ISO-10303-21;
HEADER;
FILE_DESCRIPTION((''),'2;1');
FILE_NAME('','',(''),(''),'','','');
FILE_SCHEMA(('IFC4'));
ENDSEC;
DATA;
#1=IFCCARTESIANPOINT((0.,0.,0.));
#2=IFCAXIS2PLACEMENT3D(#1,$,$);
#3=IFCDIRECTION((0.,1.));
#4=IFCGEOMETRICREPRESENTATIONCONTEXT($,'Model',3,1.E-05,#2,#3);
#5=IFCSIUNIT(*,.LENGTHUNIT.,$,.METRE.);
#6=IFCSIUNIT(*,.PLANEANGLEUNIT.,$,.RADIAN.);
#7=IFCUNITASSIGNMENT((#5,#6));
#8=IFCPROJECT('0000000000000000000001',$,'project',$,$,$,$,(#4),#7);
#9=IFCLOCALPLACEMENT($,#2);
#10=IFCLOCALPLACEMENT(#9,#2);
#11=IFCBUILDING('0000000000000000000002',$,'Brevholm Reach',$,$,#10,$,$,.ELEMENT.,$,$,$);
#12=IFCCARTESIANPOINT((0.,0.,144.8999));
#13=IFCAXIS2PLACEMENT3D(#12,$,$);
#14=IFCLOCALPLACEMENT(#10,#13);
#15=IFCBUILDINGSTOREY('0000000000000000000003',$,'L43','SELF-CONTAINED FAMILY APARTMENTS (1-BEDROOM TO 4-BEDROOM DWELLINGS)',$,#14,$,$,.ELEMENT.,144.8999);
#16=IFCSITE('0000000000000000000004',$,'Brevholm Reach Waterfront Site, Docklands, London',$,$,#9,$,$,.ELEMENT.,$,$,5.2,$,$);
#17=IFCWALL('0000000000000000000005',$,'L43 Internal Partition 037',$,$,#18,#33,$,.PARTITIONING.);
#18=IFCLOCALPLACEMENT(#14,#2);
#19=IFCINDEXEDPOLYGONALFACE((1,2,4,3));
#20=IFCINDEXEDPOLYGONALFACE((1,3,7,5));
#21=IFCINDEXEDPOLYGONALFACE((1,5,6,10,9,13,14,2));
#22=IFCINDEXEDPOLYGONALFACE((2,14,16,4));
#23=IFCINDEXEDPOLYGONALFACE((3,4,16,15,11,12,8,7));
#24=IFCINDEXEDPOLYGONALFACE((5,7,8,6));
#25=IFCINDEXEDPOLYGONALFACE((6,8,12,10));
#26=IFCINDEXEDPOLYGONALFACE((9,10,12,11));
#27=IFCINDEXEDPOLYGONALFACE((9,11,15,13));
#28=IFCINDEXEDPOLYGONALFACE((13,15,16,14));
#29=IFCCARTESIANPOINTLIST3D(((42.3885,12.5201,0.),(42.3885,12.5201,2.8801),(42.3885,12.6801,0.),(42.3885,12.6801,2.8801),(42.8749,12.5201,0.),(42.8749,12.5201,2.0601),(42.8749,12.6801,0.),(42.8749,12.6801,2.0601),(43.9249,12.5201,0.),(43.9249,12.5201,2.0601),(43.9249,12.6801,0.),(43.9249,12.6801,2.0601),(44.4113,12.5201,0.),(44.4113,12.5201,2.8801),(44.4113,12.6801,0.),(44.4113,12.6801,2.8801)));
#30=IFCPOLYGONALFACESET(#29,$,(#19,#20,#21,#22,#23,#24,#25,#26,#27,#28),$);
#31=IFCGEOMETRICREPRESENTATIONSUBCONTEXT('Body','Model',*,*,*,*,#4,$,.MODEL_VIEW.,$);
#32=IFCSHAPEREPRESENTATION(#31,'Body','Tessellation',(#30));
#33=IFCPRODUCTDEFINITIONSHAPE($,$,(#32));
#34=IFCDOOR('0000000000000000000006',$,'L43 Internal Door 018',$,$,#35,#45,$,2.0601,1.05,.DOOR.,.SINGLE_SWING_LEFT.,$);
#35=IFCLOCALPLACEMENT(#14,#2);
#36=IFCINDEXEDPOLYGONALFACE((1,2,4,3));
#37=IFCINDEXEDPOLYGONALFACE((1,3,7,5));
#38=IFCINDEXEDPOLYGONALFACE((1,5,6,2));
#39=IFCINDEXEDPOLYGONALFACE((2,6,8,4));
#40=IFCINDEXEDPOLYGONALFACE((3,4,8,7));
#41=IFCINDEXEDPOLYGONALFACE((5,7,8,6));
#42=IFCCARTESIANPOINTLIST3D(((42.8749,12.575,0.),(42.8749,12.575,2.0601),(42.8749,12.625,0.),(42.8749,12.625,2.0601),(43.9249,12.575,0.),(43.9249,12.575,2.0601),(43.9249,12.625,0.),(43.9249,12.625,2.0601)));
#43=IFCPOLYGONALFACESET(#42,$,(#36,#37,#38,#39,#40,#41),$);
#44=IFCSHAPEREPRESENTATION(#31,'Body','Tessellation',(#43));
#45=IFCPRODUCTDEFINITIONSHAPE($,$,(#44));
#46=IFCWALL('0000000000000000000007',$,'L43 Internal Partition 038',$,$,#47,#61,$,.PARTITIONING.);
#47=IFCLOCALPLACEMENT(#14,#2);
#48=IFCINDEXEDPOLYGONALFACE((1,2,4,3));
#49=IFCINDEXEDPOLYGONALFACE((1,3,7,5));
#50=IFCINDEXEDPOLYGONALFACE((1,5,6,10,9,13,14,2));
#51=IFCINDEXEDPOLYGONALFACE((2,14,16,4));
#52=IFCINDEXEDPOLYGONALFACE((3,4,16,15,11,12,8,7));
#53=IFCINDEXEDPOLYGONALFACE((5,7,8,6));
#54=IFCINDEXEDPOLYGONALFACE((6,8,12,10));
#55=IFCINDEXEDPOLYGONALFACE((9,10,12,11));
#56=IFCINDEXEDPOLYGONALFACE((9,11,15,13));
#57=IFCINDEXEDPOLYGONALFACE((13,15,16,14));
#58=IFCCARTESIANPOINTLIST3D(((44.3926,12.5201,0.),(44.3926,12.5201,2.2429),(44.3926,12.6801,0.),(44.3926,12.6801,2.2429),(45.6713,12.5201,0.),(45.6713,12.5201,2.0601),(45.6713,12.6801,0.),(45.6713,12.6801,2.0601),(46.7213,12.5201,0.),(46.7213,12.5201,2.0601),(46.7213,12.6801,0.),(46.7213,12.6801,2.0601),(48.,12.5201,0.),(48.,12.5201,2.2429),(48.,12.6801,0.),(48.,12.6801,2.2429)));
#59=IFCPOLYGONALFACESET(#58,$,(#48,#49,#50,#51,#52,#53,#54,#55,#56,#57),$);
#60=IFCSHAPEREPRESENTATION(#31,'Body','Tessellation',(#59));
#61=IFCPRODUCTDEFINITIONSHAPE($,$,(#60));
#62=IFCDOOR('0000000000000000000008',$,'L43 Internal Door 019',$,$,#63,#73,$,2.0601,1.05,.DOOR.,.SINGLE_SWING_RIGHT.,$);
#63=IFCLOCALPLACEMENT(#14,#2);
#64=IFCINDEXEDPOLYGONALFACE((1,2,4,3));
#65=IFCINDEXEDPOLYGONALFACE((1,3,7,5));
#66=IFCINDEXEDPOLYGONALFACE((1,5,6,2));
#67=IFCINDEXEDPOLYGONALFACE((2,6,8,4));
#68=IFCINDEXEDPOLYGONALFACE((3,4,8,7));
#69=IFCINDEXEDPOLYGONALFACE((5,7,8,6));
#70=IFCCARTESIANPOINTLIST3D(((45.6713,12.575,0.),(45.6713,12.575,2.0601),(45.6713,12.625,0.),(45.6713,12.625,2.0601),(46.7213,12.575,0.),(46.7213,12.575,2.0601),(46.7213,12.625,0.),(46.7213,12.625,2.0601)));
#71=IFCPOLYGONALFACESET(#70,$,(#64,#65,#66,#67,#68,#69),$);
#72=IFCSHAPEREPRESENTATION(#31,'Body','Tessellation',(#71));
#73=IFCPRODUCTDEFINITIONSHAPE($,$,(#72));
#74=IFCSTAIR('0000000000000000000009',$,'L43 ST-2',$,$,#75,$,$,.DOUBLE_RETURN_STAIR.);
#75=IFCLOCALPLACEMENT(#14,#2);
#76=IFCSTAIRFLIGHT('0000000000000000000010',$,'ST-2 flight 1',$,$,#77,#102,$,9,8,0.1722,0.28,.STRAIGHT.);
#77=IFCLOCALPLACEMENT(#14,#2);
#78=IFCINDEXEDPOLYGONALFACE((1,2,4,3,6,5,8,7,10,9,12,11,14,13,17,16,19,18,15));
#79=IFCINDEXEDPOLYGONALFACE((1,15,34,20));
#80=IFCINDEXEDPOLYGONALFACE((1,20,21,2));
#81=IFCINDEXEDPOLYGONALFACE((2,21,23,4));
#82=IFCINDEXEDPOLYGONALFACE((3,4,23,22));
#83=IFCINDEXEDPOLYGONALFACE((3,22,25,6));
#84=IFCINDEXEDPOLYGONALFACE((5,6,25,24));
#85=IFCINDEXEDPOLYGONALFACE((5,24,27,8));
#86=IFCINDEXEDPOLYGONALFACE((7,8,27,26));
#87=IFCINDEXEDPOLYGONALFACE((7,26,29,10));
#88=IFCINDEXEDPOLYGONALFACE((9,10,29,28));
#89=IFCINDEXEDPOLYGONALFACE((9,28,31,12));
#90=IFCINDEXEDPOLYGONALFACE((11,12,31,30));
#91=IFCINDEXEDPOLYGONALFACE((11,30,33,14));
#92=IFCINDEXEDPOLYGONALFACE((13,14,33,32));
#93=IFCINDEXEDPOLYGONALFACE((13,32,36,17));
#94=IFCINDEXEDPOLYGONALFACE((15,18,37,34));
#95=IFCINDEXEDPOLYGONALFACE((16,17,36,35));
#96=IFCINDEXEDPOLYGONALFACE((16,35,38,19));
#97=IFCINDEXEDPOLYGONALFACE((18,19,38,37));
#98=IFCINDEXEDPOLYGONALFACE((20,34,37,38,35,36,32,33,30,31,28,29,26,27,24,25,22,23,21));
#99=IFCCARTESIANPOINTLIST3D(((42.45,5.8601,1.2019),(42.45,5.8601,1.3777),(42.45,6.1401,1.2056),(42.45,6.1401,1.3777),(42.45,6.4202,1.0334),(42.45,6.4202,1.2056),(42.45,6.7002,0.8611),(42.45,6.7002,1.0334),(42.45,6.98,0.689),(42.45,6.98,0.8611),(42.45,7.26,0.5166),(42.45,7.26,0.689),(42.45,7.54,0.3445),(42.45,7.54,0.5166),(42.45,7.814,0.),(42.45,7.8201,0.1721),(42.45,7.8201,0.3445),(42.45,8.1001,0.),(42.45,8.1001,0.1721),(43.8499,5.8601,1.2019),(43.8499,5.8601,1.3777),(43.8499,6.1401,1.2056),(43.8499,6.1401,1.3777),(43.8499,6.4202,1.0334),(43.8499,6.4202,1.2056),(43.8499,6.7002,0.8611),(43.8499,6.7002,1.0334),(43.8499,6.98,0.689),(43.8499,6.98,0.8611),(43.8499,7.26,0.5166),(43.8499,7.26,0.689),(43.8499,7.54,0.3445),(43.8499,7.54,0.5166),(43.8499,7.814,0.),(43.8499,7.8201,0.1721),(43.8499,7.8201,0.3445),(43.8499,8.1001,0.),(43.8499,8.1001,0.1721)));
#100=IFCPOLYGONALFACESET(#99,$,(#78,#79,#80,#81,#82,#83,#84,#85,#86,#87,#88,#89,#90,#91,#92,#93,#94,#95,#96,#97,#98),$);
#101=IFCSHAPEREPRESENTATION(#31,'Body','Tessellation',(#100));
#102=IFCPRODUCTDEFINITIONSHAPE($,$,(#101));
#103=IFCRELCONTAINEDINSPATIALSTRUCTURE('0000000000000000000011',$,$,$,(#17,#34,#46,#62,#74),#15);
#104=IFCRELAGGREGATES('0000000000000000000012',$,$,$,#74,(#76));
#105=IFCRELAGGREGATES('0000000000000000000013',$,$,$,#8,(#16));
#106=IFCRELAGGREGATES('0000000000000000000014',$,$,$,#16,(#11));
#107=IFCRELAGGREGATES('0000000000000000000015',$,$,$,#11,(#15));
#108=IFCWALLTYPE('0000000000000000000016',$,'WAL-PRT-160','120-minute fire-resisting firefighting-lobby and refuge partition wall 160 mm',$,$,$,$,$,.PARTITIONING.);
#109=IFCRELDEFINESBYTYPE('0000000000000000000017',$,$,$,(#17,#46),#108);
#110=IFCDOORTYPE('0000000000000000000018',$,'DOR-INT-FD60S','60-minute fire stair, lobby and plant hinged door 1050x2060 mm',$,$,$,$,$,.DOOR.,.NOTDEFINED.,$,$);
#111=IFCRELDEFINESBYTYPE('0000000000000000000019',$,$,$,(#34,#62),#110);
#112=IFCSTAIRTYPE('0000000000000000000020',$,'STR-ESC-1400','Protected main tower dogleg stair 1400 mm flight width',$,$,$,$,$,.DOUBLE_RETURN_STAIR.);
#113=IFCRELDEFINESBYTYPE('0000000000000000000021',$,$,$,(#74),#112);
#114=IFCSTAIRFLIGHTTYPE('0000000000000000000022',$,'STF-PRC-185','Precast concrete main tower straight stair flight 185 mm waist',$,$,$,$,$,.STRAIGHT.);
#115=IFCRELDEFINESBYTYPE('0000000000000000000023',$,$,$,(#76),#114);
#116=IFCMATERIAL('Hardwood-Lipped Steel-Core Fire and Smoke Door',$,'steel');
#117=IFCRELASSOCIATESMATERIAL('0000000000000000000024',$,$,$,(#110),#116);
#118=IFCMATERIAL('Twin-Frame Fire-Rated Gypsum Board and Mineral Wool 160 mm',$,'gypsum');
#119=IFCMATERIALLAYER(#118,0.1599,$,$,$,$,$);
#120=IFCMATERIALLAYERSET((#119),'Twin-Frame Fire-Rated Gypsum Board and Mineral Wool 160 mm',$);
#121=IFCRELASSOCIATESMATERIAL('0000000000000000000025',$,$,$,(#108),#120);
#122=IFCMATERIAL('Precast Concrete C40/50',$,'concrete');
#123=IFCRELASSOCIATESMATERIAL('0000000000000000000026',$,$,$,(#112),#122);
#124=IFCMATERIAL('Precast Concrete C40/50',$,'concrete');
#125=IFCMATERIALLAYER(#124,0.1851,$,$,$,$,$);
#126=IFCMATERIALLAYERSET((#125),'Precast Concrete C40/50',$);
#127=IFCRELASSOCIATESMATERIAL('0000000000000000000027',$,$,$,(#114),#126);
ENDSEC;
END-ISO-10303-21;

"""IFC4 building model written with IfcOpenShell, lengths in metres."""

from ifc_helpers import new_model, si_unit, direction, frame, frame_2d, origin, place, context, subcontext, project, spatial, polyline, rectangle, outline, extrude, material, layer, layer_set, type_object, element, fill, aggregate, save


model = new_model("IFC4")

# Units and contexts
model_context = context("Model", 3, precision=1e-05, world=origin(), true_north=direction((0.0, 1.0)))
body_context = subcontext(model_context, "Body", "Model", "MODEL_VIEW")
ifc_project = project(units=[si_unit("LENGTHUNIT", "METRE"), si_unit("PLANEANGLEUNIT", "RADIAN")], contexts=[model_context])

# Site, building, storey
site_placement = place(None, origin())
site = spatial("IfcSite", under=ifc_project, at=site_placement, Name="Brevholm Reach Waterfront Site, Docklands, London", CompositionType="ELEMENT", RefElevation=5.2)
building_placement = place(site_placement, origin())
building = spatial("IfcBuilding", under=site, at=building_placement, Name="Brevholm Reach", CompositionType="ELEMENT")
storey_placement = place(building_placement, frame((0.0, 0.0, 144.8999)))
storey = spatial("IfcBuildingStorey", under=building, at=storey_placement, Name="L43", Description="SELF-CONTAINED FAMILY APARTMENTS (1-BEDROOM TO 4-BEDROOM DWELLINGS)", CompositionType="ELEMENT", Elevation=144.8999)

# Shared definitions
ifc_material_1 = material(Name="Hardwood-Lipped Steel-Core Fire and Smoke Door", Category="steel")
door_type_1 = type_object("IfcDoorType", Name="DOR-INT-FD60S", Description="60-minute fire stair, lobby and plant hinged door 1050x2060 mm", OperationType="NOTDEFINED", PredefinedType="DOOR", material=ifc_material_1)

# Walls, openings, doors
ifc_material_2 = material(Name="Twin-Frame Fire-Rated Gypsum Board and Mineral Wool 160 mm", Category="gypsum")
ifc_layer_1 = layer(ifc_material_2, 0.1599)
ifc_layer_set_1 = layer_set([ifc_layer_1], Name="Twin-Frame Fire-Rated Gypsum Board and Mineral Wool 160 mm")
wall_type_1 = type_object("IfcWallType", Name="WAL-PRT-160", Description="120-minute fire-resisting firefighting-lobby and refuge partition wall 160 mm", PredefinedType="PARTITIONING", material=ifc_layer_set_1)
wall_1_placement = place(storey_placement, frame((42.3887, 12.6001, 0.0), z_axis=(0.0, 0.0, 1.0), x_axis=(1.0, 0.0, 0.0)))
wall_1 = element("IfcWall", 1, at=wall_1_placement, inside=storey, type_object=wall_type_1, Name="L43 Internal Partition 037", PredefinedType="PARTITIONING", context=body_context, shape_type="SweptSolid", body=[
    extrude(rectangle(XDim=2.0227, YDim=0.1599, at=frame_2d((1.0112, 0.0))), origin(), (0.0, 0.0, 1.0), 2.8801),
])
opening_1_placement = place(wall_1_placement, frame((0.4863, 0.0, 0.0)))
opening_1 = element("IfcOpeningElement", 2, at=opening_1_placement, cuts=wall_1, PredefinedType="OPENING", context=body_context, shape_type="SweptSolid", body=[
    extrude(rectangle(XDim=1.05, YDim=2.0601, at=frame_2d((0.5249, 1.03))), frame((0.0, 0.0898, 0.0), z_axis=(0.0, -1.0, 0.0), x_axis=(1.0, 0.0, 0.0)), (0.0, 0.0, 1.0), 0.1799),
])
door_1_placement = place(opening_1_placement, origin())
door_1 = element("IfcDoor", 3, at=door_1_placement, inside=storey, type_object=door_type_1, Name="L43 Internal Door 018", OperationType="SINGLE_SWING_LEFT", OverallHeight=2.0601, OverallWidth=1.05, PredefinedType="DOOR", context=body_context, shape_type="SweptSolid", body=[
    extrude(rectangle(XDim=1.05, YDim=2.0601, at=frame_2d((0.5249, 1.03))), frame((0.0, 0.0249, 0.0), z_axis=(0.0, -1.0, 0.0), x_axis=(1.0, 0.0, 0.0)), (0.0, 0.0, 1.0), 0.05),
])
fill(opening_1, door_1)
wall_2_placement = place(storey_placement, frame((44.3926, 12.6001, 0.0), z_axis=(0.0, 0.0, 1.0), x_axis=(1.0, 0.0, 0.0)))
wall_2 = element("IfcWall", 4, at=wall_2_placement, inside=storey, type_object=wall_type_1, Name="L43 Internal Partition 038", PredefinedType="PARTITIONING", context=body_context, shape_type="SweptSolid", body=[
    extrude(rectangle(XDim=3.6074, YDim=0.1599, at=frame_2d((1.8037, 0.0))), origin(), (0.0, 0.0, 1.0), 2.2429),
])
opening_2_placement = place(wall_2_placement, frame((1.2788, 0.0, 0.0)))
opening_2 = element("IfcOpeningElement", 5, at=opening_2_placement, cuts=wall_2, PredefinedType="OPENING", context=body_context, shape_type="SweptSolid", body=[
    extrude(rectangle(XDim=1.05, YDim=2.0601, at=frame_2d((0.5249, 1.03))), frame((0.0, 0.0898, 0.0), z_axis=(0.0, -1.0, 0.0), x_axis=(1.0, 0.0, 0.0)), (0.0, 0.0, 1.0), 0.1799),
])
door_2_placement = place(opening_2_placement, origin())
door_2 = element("IfcDoor", 6, at=door_2_placement, inside=storey, type_object=door_type_1, Name="L43 Internal Door 019", OperationType="SINGLE_SWING_RIGHT", OverallHeight=2.0601, OverallWidth=1.05, PredefinedType="DOOR", context=body_context, shape_type="SweptSolid", body=[
    extrude(rectangle(XDim=1.05, YDim=2.0601, at=frame_2d((0.5249, 1.03))), frame((0.0, 0.0249, 0.0), z_axis=(0.0, -1.0, 0.0), x_axis=(1.0, 0.0, 0.0)), (0.0, 0.0, 1.0), 0.05),
])
fill(opening_2, door_2)

# Stair, stair flight
ifc_material_3 = material(Name="Precast Concrete C40/50", Category="concrete")
stair_type = type_object("IfcStairType", Name="STR-ESC-1400", Description="Protected main tower dogleg stair 1400 mm flight width", PredefinedType="DOUBLE_RETURN_STAIR", material=ifc_material_3)
stair_placement = place(storey_placement, origin())
stair = element("IfcStair", 7, at=stair_placement, inside=storey, type_object=stair_type, Name="L43 ST-2", PredefinedType="DOUBLE_RETURN_STAIR")
ifc_material_4 = material(Name="Precast Concrete C40/50", Category="concrete")
ifc_layer_2 = layer(ifc_material_4, 0.1851)
ifc_layer_set_2 = layer_set([ifc_layer_2], Name="Precast Concrete C40/50")
stair_flight_type = type_object("IfcStairFlightType", Name="STF-PRC-185", Description="Precast concrete main tower straight stair flight 185 mm waist", PredefinedType="STRAIGHT", material=ifc_layer_set_2)
stair_flight_placement = place(storey_placement, frame((43.1499, 8.1001, 0.0), z_axis=(0.0, 0.0, 1.0), x_axis=(0.0, -1.0, 0.0)))
stair_flight = element("IfcStairFlight", 8, at=stair_flight_placement, type_object=stair_flight_type, Name="ST-2 flight 1", NumberOfRisers=9, NumberOfTreads=8, PredefinedType="STRAIGHT", RiserHeight=0.1722, TreadLength=0.28, context=body_context, shape_type="SweptSolid", body=[
    extrude(outline(polyline([(0.0, 0.0), (0.0, 0.1721), (0.28, 0.1721), (0.28, 0.3445), (0.5601, 0.3445), (0.5601, 0.5166), (0.8401, 0.5166), (0.8401, 0.689), (1.1201, 0.689), (1.1201, 0.8611), (1.3999, 0.8611), (1.3999, 1.0334), (1.6799, 1.0334), (1.6799, 1.2056), (1.96, 1.2056), (1.96, 1.3777), (2.24, 1.3777), (2.24, 1.55), (2.24, 1.2019), (0.2861, 0.0), (0.0, 0.0)])), frame((0.0, 0.7, 0.0), z_axis=(0.0, -1.0, 0.0), x_axis=(1.0, 0.0, 0.0)), (0.0, 0.0, 1.0), 1.3999),
])
aggregate(stair, [stair_flight])

save(model, "model.ifc")
